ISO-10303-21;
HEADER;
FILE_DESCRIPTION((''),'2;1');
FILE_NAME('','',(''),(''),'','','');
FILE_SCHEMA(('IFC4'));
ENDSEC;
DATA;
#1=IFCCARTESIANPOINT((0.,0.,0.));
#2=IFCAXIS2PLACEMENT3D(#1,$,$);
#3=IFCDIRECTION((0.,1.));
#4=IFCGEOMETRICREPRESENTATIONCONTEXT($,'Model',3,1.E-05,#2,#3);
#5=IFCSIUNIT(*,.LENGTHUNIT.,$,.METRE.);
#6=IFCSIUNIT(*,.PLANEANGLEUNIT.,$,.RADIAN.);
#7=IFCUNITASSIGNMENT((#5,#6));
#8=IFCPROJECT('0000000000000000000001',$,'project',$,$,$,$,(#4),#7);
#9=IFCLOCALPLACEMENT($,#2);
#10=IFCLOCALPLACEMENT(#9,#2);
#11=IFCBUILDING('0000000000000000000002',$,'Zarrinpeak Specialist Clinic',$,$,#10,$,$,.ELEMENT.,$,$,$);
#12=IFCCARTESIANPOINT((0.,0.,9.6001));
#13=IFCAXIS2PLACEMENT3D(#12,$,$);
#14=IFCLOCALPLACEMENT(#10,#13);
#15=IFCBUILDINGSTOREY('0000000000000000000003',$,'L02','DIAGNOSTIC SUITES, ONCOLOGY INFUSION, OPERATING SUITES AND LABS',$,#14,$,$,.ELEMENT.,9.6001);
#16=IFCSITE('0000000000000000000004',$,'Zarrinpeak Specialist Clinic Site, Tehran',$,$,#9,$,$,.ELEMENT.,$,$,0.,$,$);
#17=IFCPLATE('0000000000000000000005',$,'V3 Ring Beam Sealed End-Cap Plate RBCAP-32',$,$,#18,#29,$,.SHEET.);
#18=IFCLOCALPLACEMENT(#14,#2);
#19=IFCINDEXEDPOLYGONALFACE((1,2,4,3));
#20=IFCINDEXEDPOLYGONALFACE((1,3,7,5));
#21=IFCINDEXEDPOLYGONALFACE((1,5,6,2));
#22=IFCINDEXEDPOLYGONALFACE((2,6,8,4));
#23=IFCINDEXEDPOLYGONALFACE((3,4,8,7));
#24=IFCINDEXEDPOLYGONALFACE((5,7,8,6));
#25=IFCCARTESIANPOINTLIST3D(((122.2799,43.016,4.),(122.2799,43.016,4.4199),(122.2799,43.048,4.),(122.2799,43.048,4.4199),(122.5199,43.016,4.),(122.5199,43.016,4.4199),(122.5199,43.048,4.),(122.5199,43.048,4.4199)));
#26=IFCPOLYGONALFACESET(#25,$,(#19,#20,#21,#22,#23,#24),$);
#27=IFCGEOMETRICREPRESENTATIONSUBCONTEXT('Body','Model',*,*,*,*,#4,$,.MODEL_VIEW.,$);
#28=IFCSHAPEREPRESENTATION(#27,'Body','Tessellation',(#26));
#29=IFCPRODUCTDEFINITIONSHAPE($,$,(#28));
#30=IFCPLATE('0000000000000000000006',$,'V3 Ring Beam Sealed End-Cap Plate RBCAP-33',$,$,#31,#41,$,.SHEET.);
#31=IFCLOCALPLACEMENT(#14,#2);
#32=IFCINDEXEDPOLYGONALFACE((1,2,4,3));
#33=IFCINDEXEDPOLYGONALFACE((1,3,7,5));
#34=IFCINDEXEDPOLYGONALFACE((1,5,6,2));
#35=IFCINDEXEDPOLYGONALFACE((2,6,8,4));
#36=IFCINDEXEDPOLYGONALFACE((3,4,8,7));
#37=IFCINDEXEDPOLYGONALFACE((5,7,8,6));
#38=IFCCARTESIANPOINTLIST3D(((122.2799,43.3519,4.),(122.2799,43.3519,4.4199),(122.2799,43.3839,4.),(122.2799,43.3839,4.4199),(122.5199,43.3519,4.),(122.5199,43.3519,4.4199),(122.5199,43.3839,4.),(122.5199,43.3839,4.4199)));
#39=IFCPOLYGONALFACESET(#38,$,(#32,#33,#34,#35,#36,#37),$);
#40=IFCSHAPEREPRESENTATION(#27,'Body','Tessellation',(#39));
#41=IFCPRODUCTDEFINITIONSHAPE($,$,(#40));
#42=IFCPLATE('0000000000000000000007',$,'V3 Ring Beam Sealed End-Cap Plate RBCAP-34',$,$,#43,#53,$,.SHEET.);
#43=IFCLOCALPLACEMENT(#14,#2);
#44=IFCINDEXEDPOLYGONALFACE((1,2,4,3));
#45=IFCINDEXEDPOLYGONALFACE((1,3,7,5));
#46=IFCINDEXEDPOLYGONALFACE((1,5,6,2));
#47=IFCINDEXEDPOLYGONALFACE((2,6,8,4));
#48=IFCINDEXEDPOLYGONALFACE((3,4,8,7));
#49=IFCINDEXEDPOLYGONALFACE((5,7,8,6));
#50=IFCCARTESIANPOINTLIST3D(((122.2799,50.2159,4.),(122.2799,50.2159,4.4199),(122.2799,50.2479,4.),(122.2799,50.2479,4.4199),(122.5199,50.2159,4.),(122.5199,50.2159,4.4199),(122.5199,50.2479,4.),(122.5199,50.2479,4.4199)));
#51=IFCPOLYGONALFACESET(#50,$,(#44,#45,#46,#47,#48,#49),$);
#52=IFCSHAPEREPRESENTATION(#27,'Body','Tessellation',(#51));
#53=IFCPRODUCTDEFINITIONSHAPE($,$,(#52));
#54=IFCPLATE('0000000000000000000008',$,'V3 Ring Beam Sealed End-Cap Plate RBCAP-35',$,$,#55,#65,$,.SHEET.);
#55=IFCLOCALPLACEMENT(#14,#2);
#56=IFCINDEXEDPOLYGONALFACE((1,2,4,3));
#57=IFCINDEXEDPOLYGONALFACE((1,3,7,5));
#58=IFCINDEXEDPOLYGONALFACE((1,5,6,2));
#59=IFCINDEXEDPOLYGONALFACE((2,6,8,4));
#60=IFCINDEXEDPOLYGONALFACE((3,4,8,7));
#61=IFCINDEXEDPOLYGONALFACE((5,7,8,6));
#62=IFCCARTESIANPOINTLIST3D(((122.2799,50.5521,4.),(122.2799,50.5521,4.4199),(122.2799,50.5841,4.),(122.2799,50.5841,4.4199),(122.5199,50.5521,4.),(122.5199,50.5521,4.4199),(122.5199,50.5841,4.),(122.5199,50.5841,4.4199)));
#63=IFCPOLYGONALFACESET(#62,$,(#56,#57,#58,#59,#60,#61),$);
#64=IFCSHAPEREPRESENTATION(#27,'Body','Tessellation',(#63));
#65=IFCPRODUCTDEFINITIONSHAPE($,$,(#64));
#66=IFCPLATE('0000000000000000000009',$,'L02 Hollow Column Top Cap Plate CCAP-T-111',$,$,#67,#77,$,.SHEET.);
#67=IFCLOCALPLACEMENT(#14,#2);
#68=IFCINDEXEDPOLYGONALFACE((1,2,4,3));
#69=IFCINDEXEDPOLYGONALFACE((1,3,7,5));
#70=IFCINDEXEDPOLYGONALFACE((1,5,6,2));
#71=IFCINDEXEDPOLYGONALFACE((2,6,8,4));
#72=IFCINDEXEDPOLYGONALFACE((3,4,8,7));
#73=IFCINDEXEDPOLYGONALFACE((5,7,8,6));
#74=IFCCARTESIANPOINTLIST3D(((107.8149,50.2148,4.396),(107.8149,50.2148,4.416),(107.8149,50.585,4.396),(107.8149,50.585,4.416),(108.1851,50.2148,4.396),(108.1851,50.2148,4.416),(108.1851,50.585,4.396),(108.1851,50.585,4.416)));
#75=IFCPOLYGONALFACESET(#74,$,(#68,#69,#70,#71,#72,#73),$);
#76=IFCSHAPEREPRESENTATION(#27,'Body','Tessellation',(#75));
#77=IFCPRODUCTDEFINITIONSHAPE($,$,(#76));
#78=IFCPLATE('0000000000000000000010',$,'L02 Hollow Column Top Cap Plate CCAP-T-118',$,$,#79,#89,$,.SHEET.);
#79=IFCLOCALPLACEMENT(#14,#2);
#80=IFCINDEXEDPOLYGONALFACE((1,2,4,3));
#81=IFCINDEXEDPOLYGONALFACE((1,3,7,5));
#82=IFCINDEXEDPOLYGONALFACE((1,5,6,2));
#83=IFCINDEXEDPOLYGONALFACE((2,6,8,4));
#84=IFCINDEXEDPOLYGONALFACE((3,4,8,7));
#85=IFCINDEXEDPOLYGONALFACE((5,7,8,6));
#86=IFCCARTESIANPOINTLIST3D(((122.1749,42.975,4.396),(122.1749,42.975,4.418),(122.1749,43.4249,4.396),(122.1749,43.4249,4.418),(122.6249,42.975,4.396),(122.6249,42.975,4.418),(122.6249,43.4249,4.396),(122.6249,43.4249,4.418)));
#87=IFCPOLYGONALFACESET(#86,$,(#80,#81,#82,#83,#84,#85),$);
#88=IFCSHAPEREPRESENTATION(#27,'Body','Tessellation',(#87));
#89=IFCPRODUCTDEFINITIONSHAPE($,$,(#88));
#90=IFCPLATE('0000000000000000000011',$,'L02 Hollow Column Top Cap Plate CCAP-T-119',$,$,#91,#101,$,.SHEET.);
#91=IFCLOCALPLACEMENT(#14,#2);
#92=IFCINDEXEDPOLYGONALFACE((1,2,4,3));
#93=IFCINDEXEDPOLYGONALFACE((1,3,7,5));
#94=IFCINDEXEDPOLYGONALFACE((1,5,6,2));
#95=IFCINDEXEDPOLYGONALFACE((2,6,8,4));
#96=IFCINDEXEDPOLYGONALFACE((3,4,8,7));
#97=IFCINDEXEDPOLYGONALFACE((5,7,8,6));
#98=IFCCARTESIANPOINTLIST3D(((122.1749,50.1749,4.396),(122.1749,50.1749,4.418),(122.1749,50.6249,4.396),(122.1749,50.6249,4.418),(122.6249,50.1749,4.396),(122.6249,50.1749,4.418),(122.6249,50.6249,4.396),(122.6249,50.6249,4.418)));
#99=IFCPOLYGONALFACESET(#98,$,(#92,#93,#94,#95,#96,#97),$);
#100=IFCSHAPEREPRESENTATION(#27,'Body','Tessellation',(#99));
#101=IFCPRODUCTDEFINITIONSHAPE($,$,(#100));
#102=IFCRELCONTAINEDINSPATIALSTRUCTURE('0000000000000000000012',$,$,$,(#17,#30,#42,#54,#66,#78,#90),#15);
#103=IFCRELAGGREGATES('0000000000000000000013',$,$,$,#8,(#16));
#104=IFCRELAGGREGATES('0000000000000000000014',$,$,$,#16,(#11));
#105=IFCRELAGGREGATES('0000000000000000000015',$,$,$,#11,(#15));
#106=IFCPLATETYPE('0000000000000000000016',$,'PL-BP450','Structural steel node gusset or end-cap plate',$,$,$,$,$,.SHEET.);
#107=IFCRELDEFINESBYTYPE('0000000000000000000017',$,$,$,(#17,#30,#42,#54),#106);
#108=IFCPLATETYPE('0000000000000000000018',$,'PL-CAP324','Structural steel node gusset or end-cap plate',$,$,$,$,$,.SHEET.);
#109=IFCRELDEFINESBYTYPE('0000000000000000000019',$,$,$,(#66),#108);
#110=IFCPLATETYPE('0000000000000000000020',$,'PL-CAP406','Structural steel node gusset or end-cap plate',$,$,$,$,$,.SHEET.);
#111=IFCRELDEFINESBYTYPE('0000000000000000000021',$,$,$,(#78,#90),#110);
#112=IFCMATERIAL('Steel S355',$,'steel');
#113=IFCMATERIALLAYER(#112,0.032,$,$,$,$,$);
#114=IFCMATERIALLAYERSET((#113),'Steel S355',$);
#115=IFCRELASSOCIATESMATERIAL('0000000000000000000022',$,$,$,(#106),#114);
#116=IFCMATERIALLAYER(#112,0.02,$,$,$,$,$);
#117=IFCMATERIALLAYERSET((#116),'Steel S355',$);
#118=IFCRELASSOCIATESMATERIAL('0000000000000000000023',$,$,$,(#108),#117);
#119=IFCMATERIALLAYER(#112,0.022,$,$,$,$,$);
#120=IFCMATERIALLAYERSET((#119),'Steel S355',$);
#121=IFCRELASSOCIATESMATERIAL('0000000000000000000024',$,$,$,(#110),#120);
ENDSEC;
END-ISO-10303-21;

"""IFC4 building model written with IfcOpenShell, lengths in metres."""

from ifc_helpers import new_model, si_unit, direction, frame, origin, origin_2d, place, context, subcontext, project, spatial, rectangle, extrude, material, layer, layer_set, type_object, element, save


model = new_model("IFC4")

# Units and contexts
model_context = context("Model", 3, precision=1e-05, world=origin(), true_north=direction((0.0, 1.0)))
body_context = subcontext(model_context, "Body", "Model", "MODEL_VIEW")
ifc_project = project(units=[si_unit("LENGTHUNIT", "METRE"), si_unit("PLANEANGLEUNIT", "RADIAN")], contexts=[model_context])

# Site, building, storey
site_placement = place(None, origin())
site = spatial("IfcSite", under=ifc_project, at=site_placement, Name="Zarrinpeak Specialist Clinic Site, Tehran", CompositionType="ELEMENT", RefElevation=0.0)
building_placement = place(site_placement, origin())
building = spatial("IfcBuilding", under=site, at=building_placement, Name="Zarrinpeak Specialist Clinic", CompositionType="ELEMENT")
storey_placement = place(building_placement, frame((0.0, 0.0, 9.6001)))
storey = spatial("IfcBuildingStorey", under=building, at=storey_placement, Name="L02", Description="DIAGNOSTIC SUITES, ONCOLOGY INFUSION, OPERATING SUITES AND LABS", CompositionType="ELEMENT", Elevation=9.6001)

# Shared definitions
ifc_material_1 = material(Name="Steel S355", Category="steel")

# Plates
ifc_layer_1 = layer(ifc_material_1, 0.032)
ifc_layer_set_1 = layer_set([ifc_layer_1], Name="Steel S355")
plate_type_1 = type_object("IfcPlateType", Name="PL-BP450", Description="Structural steel node gusset or end-cap plate", PredefinedType="SHEET", material=ifc_layer_set_1)
for number, where, z_axis, x_axis, name in (
    (1, (122.3999, 43.032, 4.0), (0.0, 0.0, 1.0), (1.0, 0.0, 0.0), "V3 Ring Beam Sealed End-Cap Plate RBCAP-32"),
    (2, (122.3999, 43.3679, 4.0), (0.0, 0.0, 1.0), (1.0, 0.0, 0.0), "V3 Ring Beam Sealed End-Cap Plate RBCAP-33"),
    (3, (122.3999, 50.2319, 4.0), (0.0, 0.0, 1.0), (1.0, 0.0, 0.0), "V3 Ring Beam Sealed End-Cap Plate RBCAP-34"),
    (4, (122.3999, 50.5681, 4.0), (0.0, 0.0, 1.0), (1.0, 0.0, 0.0), "V3 Ring Beam Sealed End-Cap Plate RBCAP-35"),
):
    element("IfcPlate", number, at=place(storey_placement, frame(where, z_axis=z_axis, x_axis=x_axis)), inside=storey, type_object=plate_type_1, Name=name, PredefinedType="SHEET", context=body_context, shape_type="SweptSolid", body=[
        extrude(rectangle(XDim=0.24, YDim=0.032, at=origin_2d()), origin(), (0.0, 0.0, 1.0), 0.4199),
    ])
ifc_layer_2 = layer(ifc_material_1, 0.02)
ifc_layer_set_2 = layer_set([ifc_layer_2], Name="Steel S355")
plate_type_2 = type_object("IfcPlateType", Name="PL-CAP324", Description="Structural steel node gusset or end-cap plate", PredefinedType="SHEET", material=ifc_layer_set_2)
plate_1_placement = place(storey_placement, frame((108.0, 50.3999, 4.396), z_axis=(0.0, 0.0, 1.0), x_axis=(1.0, 0.0, 0.0)))
element("IfcPlate", 5, at=plate_1_placement, inside=storey, type_object=plate_type_2, Name="L02 Hollow Column Top Cap Plate CCAP-T-111", PredefinedType="SHEET", context=body_context, shape_type="SweptSolid", body=[
    extrude(rectangle(XDim=0.3701, YDim=0.3701, at=origin_2d()), origin(), (0.0, 0.0, 1.0), 0.02),
])
ifc_layer_3 = layer(ifc_material_1, 0.022)
ifc_layer_set_3 = layer_set([ifc_layer_3], Name="Steel S355")
plate_type_3 = type_object("IfcPlateType", Name="PL-CAP406", Description="Structural steel node gusset or end-cap plate", PredefinedType="SHEET", material=ifc_layer_set_3)
for number, where, z_axis, x_axis, name in (
    (6, (122.3999, 43.2, 4.396), (0.0, 0.0, 1.0), (1.0, 0.0, 0.0), "L02 Hollow Column Top Cap Plate CCAP-T-118"),
    (7, (122.3999, 50.3999, 4.396), (0.0, 0.0, 1.0), (1.0, 0.0, 0.0), "L02 Hollow Column Top Cap Plate CCAP-T-119"),
):
    element("IfcPlate", number, at=place(storey_placement, frame(where, z_axis=z_axis, x_axis=x_axis)), inside=storey, type_object=plate_type_3, Name=name, PredefinedType="SHEET", context=body_context, shape_type="SweptSolid", body=[
        extrude(rectangle(XDim=0.45, YDim=0.45, at=origin_2d()), origin(), (0.0, 0.0, 1.0), 0.022),
    ])

save(model, "model.ifc")
